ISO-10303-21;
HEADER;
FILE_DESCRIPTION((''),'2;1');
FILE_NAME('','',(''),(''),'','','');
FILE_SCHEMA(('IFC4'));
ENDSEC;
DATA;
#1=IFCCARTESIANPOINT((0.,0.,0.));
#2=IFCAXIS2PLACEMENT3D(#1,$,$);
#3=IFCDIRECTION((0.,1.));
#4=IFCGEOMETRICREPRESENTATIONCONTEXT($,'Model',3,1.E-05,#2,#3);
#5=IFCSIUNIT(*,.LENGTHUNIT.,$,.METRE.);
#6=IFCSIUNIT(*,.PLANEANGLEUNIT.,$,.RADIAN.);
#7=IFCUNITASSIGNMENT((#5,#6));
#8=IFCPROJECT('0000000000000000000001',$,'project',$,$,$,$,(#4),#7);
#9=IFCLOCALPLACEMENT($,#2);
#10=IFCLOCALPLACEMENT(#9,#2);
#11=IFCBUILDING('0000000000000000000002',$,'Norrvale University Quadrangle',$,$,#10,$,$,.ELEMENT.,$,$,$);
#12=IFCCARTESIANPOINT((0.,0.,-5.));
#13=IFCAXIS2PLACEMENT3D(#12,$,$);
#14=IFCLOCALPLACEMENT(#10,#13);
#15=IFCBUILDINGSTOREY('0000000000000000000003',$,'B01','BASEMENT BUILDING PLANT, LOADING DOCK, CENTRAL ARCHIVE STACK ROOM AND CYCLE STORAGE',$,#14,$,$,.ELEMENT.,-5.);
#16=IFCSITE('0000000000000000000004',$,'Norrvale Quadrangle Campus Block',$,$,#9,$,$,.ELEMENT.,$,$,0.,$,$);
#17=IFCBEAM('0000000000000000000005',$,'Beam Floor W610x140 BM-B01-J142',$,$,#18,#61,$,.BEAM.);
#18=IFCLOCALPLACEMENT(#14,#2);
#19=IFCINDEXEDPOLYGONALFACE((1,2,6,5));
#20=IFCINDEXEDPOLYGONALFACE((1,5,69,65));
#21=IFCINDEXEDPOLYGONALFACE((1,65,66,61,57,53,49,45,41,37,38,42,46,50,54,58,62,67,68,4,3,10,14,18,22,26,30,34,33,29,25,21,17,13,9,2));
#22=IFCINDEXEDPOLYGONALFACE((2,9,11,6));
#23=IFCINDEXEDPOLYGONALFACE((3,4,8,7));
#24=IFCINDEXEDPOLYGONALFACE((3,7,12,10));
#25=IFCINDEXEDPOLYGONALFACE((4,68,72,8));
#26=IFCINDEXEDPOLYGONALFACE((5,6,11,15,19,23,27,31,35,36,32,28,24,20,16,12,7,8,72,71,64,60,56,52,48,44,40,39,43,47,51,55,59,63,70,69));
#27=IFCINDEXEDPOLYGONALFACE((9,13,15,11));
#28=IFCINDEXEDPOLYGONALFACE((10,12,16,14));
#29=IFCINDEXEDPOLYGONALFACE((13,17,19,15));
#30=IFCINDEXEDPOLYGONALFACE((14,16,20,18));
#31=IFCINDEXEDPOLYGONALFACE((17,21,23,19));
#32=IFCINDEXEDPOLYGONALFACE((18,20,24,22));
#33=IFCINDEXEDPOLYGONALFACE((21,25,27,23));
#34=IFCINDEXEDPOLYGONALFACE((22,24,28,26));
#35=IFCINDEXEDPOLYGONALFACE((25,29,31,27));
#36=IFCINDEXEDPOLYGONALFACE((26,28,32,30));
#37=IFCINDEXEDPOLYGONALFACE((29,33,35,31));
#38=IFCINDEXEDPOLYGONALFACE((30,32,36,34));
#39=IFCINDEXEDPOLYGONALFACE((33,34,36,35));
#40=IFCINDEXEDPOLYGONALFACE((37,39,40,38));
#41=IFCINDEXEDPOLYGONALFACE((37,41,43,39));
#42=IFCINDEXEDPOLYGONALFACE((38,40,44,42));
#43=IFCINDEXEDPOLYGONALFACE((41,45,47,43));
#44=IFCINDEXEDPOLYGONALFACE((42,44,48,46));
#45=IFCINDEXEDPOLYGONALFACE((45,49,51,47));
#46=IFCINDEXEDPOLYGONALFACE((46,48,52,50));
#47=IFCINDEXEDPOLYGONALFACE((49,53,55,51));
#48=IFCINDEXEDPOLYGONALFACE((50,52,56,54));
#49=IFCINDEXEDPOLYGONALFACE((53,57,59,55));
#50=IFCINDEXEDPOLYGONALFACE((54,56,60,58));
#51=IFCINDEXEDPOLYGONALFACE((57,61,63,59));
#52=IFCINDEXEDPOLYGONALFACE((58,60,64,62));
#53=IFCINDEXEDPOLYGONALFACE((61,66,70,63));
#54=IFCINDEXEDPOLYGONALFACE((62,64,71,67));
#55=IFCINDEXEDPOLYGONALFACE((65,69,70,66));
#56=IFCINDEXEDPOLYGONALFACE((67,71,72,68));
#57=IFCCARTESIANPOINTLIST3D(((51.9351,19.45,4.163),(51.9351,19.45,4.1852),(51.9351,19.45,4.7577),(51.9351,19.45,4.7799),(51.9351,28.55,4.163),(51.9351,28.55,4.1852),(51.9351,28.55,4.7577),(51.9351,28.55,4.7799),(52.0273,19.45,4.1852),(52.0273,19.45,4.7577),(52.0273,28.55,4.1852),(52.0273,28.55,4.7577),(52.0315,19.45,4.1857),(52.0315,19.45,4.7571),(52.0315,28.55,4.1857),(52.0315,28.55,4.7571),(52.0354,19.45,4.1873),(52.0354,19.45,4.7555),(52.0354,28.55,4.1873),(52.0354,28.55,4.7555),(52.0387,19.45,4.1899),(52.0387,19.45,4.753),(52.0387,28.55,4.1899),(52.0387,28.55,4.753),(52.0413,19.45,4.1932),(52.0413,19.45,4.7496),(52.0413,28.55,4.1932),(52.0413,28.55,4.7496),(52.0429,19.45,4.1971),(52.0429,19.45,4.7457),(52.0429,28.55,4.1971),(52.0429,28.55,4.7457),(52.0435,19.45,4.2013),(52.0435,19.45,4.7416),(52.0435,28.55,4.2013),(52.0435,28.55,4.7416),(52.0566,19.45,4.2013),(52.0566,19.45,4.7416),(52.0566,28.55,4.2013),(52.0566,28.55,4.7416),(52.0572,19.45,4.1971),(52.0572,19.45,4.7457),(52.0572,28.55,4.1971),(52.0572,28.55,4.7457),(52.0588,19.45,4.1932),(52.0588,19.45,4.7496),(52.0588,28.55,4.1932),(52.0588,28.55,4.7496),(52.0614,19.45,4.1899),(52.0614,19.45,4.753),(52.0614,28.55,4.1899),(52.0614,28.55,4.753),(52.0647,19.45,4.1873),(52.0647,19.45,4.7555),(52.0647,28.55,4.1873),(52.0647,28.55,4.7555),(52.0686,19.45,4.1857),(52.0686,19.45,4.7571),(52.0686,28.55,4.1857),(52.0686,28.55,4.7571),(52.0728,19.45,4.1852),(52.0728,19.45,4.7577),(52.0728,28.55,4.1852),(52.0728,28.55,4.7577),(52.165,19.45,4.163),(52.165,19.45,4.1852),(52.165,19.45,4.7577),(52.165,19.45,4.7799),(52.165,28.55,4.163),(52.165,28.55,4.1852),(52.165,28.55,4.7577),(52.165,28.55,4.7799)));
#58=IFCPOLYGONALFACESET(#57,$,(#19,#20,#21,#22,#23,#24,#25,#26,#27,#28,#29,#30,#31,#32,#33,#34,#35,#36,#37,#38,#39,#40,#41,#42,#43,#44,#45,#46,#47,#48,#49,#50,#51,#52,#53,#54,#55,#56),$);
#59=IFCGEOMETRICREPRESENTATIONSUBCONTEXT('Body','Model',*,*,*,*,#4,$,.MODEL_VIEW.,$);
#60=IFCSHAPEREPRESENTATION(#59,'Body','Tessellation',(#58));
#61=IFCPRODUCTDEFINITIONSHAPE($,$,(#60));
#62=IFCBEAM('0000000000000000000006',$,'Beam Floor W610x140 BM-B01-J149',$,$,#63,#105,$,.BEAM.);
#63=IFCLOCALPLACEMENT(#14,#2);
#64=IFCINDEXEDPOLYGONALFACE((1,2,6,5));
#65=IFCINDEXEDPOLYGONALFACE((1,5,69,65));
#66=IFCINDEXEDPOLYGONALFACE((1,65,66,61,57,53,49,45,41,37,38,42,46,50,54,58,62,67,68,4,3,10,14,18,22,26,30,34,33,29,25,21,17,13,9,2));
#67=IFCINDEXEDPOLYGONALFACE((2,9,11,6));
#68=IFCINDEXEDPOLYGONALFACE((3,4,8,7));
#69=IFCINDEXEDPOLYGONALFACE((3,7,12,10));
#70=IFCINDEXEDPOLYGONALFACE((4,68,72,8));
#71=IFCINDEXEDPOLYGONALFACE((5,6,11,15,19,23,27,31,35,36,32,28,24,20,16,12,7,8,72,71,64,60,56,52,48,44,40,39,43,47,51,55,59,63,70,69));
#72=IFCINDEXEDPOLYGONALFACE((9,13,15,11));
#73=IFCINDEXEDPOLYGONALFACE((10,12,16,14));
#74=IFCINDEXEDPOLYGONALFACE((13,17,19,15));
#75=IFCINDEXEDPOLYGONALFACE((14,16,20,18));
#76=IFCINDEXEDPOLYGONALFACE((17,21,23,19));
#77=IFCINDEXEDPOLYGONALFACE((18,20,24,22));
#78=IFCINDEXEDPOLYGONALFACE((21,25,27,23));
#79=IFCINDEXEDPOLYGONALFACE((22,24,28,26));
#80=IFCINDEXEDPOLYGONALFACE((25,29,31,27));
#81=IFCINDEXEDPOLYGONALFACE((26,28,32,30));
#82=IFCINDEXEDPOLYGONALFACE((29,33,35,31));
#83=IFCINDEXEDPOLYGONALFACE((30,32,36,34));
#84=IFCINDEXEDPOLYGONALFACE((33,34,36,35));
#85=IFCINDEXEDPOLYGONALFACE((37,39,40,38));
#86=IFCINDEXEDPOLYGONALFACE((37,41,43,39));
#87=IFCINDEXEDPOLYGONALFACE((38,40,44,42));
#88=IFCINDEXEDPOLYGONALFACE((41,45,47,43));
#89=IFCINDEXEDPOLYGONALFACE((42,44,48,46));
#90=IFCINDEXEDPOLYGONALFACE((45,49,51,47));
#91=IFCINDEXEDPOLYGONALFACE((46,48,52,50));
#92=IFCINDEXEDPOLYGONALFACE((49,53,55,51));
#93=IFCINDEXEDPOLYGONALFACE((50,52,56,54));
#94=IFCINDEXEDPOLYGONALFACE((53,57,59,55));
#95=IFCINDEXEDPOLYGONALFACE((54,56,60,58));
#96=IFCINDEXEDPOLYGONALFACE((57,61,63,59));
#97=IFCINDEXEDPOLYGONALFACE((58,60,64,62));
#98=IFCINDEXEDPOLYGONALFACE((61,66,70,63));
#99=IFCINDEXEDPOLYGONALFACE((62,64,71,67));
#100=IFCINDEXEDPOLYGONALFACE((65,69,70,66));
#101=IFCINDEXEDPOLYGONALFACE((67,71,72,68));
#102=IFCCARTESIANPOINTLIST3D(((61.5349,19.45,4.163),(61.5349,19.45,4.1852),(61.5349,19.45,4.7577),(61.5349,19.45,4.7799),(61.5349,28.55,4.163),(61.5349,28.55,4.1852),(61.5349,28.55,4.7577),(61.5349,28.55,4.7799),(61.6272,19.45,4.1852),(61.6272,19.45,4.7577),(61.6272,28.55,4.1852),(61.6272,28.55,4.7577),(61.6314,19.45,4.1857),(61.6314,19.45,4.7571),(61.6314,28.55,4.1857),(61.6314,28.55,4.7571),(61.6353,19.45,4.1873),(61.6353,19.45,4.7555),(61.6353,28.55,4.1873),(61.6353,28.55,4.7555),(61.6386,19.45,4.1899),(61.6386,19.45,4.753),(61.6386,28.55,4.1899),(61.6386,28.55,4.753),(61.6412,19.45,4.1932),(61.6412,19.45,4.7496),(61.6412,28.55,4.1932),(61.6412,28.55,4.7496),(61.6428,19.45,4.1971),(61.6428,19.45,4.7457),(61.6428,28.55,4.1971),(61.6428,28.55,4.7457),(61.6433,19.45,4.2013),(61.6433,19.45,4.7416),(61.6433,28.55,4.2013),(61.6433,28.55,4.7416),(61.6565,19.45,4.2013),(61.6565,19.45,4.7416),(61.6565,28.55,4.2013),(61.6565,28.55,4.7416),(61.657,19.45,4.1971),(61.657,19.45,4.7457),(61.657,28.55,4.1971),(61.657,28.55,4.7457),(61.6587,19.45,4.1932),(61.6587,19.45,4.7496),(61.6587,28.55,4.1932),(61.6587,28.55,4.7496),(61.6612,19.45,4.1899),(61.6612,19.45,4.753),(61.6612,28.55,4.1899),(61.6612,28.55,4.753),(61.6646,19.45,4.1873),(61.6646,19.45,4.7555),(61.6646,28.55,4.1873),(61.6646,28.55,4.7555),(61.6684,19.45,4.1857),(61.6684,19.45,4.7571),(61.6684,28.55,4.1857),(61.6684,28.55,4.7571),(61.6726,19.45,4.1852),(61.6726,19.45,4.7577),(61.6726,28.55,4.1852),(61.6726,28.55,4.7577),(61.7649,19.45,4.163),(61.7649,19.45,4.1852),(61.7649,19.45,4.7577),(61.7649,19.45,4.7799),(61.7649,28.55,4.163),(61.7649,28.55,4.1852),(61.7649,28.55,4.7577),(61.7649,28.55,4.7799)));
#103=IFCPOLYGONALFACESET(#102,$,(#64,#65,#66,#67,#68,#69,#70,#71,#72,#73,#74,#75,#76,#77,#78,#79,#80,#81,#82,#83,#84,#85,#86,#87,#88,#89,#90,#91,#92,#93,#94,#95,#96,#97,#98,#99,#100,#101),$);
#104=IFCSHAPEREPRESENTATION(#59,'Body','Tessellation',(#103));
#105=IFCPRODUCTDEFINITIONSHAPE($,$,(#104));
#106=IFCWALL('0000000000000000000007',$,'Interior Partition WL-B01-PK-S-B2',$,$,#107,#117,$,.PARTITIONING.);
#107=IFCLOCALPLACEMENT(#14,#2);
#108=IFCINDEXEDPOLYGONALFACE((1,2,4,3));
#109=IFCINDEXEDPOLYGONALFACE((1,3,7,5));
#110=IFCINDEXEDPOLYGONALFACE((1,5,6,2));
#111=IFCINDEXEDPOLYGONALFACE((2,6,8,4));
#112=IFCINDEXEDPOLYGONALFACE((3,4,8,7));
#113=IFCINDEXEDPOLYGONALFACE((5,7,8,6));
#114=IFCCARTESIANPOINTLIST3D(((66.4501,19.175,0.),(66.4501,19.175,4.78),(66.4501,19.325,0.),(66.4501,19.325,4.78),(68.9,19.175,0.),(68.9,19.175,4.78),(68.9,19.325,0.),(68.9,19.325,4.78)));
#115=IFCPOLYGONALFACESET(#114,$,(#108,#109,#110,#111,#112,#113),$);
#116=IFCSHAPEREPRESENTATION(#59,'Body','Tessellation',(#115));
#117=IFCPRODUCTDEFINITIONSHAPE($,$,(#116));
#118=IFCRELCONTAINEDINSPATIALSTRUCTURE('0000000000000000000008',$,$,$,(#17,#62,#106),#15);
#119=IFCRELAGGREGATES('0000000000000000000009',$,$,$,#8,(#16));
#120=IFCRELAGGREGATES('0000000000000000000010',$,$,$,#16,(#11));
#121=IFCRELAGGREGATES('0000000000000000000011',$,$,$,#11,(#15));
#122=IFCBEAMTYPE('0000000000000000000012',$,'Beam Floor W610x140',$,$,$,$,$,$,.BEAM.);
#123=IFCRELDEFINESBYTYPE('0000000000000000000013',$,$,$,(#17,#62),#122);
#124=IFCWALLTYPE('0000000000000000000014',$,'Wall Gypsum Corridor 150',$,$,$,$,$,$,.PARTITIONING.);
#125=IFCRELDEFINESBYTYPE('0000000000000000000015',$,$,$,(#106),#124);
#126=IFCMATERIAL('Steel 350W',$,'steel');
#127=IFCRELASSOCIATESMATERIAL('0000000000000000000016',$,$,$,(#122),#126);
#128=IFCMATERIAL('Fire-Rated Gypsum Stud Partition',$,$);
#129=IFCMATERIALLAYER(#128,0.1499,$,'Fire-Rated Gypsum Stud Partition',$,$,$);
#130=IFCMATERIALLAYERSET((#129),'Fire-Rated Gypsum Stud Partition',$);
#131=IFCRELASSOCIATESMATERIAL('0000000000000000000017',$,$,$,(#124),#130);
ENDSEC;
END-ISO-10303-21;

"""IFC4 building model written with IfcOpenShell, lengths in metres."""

from ifc_helpers import new_model, si_unit, direction, frame, frame_2d, origin, origin_2d, place, context, subcontext, project, spatial, rectangle, i_section, extrude, material, layer, layer_set, material_profile, profile_set, type_object, element, save


model = new_model("IFC4")

# Units and contexts
model_context = context("Model", 3, precision=1e-05, world=origin(), true_north=direction((0.0, 1.0)))
body_context = subcontext(model_context, "Body", "Model", "MODEL_VIEW")
ifc_project = project(units=[si_unit("LENGTHUNIT", "METRE"), si_unit("PLANEANGLEUNIT", "RADIAN")], contexts=[model_context])

# Site, building, storey
site_placement = place(None, origin())
site = spatial("IfcSite", under=ifc_project, at=site_placement, Name="Norrvale Quadrangle Campus Block", CompositionType="ELEMENT", RefElevation=0.0)
building_placement = place(site_placement, origin())
building = spatial("IfcBuilding", under=site, at=building_placement, Name="Norrvale University Quadrangle", CompositionType="ELEMENT")
storey_placement = place(building_placement, frame((0.0, 0.0, -5.0)))
storey = spatial("IfcBuildingStorey", under=building, at=storey_placement, Name="B01", Description="BASEMENT BUILDING PLANT, LOADING DOCK, CENTRAL ARCHIVE STACK ROOM AND CYCLE STORAGE", CompositionType="ELEMENT", Elevation=-5.0)

# Beams
ifc_material_1 = material(Name="Steel 350W", Category="steel")
ifc_material_profile_1 = material_profile(ifc_material_1, i_section(OverallWidth=0.23, OverallDepth=0.6169, WebThickness=0.0132, FlangeThickness=0.0222, FilletRadius=0.0161, at=origin_2d()), Name="Steel 350W")
ifc_profile_set_1 = profile_set([ifc_material_profile_1], Name="Steel 350W")
beam_type_1 = type_object("IfcBeamType", Name="Beam Floor W610x140", PredefinedType="BEAM", material=ifc_profile_set_1)
for number, where, z_axis, x_axis, name in (
    (1, (52.05, 19.45, 4.4714), (0.0, 1.0, 0.0), (-1.0, 0.0, 0.0), "Beam Floor W610x140 BM-B01-J142"),
    (2, (61.6499, 19.45, 4.4714), (0.0, 1.0, 0.0), (-1.0, 0.0, 0.0), "Beam Floor W610x140 BM-B01-J149"),
):
    element("IfcBeam", number, at=place(storey_placement, frame(where, z_axis=z_axis, x_axis=x_axis)), inside=storey, type_object=beam_type_1, Name=name, PredefinedType="BEAM", context=body_context, shape_type="SweptSolid", body=[
        extrude(i_section(OverallWidth=0.23, OverallDepth=0.6169, WebThickness=0.0132, FlangeThickness=0.0222, FilletRadius=0.0161, at=origin_2d()), origin(), (0.0, 0.0, 1.0), 9.1001),
    ])

# Wall
ifc_material_2 = material(Name="Fire-Rated Gypsum Stud Partition")
ifc_layer = layer(ifc_material_2, 0.1499, Name="Fire-Rated Gypsum Stud Partition")
ifc_layer_set = layer_set([ifc_layer], Name="Fire-Rated Gypsum Stud Partition")
wall_type = type_object("IfcWallType", Name="Wall Gypsum Corridor 150", PredefinedType="PARTITIONING", material=ifc_layer_set)
wall_placement = place(storey_placement, frame((66.45, 19.25, 0.0), z_axis=(0.0, 0.0, 1.0), x_axis=(1.0, 0.0, 0.0)))
element("IfcWall", 3, at=wall_placement, inside=storey, type_object=wall_type, Name="Interior Partition WL-B01-PK-S-B2", PredefinedType="PARTITIONING", context=body_context, shape_type="SweptSolid", body=[
    extrude(rectangle(XDim=2.45, YDim=0.1499, at=frame_2d((1.2251, 0.0))), origin(), (0.0, 0.0, 1.0), 4.78),
])

save(model, "model.ifc")
